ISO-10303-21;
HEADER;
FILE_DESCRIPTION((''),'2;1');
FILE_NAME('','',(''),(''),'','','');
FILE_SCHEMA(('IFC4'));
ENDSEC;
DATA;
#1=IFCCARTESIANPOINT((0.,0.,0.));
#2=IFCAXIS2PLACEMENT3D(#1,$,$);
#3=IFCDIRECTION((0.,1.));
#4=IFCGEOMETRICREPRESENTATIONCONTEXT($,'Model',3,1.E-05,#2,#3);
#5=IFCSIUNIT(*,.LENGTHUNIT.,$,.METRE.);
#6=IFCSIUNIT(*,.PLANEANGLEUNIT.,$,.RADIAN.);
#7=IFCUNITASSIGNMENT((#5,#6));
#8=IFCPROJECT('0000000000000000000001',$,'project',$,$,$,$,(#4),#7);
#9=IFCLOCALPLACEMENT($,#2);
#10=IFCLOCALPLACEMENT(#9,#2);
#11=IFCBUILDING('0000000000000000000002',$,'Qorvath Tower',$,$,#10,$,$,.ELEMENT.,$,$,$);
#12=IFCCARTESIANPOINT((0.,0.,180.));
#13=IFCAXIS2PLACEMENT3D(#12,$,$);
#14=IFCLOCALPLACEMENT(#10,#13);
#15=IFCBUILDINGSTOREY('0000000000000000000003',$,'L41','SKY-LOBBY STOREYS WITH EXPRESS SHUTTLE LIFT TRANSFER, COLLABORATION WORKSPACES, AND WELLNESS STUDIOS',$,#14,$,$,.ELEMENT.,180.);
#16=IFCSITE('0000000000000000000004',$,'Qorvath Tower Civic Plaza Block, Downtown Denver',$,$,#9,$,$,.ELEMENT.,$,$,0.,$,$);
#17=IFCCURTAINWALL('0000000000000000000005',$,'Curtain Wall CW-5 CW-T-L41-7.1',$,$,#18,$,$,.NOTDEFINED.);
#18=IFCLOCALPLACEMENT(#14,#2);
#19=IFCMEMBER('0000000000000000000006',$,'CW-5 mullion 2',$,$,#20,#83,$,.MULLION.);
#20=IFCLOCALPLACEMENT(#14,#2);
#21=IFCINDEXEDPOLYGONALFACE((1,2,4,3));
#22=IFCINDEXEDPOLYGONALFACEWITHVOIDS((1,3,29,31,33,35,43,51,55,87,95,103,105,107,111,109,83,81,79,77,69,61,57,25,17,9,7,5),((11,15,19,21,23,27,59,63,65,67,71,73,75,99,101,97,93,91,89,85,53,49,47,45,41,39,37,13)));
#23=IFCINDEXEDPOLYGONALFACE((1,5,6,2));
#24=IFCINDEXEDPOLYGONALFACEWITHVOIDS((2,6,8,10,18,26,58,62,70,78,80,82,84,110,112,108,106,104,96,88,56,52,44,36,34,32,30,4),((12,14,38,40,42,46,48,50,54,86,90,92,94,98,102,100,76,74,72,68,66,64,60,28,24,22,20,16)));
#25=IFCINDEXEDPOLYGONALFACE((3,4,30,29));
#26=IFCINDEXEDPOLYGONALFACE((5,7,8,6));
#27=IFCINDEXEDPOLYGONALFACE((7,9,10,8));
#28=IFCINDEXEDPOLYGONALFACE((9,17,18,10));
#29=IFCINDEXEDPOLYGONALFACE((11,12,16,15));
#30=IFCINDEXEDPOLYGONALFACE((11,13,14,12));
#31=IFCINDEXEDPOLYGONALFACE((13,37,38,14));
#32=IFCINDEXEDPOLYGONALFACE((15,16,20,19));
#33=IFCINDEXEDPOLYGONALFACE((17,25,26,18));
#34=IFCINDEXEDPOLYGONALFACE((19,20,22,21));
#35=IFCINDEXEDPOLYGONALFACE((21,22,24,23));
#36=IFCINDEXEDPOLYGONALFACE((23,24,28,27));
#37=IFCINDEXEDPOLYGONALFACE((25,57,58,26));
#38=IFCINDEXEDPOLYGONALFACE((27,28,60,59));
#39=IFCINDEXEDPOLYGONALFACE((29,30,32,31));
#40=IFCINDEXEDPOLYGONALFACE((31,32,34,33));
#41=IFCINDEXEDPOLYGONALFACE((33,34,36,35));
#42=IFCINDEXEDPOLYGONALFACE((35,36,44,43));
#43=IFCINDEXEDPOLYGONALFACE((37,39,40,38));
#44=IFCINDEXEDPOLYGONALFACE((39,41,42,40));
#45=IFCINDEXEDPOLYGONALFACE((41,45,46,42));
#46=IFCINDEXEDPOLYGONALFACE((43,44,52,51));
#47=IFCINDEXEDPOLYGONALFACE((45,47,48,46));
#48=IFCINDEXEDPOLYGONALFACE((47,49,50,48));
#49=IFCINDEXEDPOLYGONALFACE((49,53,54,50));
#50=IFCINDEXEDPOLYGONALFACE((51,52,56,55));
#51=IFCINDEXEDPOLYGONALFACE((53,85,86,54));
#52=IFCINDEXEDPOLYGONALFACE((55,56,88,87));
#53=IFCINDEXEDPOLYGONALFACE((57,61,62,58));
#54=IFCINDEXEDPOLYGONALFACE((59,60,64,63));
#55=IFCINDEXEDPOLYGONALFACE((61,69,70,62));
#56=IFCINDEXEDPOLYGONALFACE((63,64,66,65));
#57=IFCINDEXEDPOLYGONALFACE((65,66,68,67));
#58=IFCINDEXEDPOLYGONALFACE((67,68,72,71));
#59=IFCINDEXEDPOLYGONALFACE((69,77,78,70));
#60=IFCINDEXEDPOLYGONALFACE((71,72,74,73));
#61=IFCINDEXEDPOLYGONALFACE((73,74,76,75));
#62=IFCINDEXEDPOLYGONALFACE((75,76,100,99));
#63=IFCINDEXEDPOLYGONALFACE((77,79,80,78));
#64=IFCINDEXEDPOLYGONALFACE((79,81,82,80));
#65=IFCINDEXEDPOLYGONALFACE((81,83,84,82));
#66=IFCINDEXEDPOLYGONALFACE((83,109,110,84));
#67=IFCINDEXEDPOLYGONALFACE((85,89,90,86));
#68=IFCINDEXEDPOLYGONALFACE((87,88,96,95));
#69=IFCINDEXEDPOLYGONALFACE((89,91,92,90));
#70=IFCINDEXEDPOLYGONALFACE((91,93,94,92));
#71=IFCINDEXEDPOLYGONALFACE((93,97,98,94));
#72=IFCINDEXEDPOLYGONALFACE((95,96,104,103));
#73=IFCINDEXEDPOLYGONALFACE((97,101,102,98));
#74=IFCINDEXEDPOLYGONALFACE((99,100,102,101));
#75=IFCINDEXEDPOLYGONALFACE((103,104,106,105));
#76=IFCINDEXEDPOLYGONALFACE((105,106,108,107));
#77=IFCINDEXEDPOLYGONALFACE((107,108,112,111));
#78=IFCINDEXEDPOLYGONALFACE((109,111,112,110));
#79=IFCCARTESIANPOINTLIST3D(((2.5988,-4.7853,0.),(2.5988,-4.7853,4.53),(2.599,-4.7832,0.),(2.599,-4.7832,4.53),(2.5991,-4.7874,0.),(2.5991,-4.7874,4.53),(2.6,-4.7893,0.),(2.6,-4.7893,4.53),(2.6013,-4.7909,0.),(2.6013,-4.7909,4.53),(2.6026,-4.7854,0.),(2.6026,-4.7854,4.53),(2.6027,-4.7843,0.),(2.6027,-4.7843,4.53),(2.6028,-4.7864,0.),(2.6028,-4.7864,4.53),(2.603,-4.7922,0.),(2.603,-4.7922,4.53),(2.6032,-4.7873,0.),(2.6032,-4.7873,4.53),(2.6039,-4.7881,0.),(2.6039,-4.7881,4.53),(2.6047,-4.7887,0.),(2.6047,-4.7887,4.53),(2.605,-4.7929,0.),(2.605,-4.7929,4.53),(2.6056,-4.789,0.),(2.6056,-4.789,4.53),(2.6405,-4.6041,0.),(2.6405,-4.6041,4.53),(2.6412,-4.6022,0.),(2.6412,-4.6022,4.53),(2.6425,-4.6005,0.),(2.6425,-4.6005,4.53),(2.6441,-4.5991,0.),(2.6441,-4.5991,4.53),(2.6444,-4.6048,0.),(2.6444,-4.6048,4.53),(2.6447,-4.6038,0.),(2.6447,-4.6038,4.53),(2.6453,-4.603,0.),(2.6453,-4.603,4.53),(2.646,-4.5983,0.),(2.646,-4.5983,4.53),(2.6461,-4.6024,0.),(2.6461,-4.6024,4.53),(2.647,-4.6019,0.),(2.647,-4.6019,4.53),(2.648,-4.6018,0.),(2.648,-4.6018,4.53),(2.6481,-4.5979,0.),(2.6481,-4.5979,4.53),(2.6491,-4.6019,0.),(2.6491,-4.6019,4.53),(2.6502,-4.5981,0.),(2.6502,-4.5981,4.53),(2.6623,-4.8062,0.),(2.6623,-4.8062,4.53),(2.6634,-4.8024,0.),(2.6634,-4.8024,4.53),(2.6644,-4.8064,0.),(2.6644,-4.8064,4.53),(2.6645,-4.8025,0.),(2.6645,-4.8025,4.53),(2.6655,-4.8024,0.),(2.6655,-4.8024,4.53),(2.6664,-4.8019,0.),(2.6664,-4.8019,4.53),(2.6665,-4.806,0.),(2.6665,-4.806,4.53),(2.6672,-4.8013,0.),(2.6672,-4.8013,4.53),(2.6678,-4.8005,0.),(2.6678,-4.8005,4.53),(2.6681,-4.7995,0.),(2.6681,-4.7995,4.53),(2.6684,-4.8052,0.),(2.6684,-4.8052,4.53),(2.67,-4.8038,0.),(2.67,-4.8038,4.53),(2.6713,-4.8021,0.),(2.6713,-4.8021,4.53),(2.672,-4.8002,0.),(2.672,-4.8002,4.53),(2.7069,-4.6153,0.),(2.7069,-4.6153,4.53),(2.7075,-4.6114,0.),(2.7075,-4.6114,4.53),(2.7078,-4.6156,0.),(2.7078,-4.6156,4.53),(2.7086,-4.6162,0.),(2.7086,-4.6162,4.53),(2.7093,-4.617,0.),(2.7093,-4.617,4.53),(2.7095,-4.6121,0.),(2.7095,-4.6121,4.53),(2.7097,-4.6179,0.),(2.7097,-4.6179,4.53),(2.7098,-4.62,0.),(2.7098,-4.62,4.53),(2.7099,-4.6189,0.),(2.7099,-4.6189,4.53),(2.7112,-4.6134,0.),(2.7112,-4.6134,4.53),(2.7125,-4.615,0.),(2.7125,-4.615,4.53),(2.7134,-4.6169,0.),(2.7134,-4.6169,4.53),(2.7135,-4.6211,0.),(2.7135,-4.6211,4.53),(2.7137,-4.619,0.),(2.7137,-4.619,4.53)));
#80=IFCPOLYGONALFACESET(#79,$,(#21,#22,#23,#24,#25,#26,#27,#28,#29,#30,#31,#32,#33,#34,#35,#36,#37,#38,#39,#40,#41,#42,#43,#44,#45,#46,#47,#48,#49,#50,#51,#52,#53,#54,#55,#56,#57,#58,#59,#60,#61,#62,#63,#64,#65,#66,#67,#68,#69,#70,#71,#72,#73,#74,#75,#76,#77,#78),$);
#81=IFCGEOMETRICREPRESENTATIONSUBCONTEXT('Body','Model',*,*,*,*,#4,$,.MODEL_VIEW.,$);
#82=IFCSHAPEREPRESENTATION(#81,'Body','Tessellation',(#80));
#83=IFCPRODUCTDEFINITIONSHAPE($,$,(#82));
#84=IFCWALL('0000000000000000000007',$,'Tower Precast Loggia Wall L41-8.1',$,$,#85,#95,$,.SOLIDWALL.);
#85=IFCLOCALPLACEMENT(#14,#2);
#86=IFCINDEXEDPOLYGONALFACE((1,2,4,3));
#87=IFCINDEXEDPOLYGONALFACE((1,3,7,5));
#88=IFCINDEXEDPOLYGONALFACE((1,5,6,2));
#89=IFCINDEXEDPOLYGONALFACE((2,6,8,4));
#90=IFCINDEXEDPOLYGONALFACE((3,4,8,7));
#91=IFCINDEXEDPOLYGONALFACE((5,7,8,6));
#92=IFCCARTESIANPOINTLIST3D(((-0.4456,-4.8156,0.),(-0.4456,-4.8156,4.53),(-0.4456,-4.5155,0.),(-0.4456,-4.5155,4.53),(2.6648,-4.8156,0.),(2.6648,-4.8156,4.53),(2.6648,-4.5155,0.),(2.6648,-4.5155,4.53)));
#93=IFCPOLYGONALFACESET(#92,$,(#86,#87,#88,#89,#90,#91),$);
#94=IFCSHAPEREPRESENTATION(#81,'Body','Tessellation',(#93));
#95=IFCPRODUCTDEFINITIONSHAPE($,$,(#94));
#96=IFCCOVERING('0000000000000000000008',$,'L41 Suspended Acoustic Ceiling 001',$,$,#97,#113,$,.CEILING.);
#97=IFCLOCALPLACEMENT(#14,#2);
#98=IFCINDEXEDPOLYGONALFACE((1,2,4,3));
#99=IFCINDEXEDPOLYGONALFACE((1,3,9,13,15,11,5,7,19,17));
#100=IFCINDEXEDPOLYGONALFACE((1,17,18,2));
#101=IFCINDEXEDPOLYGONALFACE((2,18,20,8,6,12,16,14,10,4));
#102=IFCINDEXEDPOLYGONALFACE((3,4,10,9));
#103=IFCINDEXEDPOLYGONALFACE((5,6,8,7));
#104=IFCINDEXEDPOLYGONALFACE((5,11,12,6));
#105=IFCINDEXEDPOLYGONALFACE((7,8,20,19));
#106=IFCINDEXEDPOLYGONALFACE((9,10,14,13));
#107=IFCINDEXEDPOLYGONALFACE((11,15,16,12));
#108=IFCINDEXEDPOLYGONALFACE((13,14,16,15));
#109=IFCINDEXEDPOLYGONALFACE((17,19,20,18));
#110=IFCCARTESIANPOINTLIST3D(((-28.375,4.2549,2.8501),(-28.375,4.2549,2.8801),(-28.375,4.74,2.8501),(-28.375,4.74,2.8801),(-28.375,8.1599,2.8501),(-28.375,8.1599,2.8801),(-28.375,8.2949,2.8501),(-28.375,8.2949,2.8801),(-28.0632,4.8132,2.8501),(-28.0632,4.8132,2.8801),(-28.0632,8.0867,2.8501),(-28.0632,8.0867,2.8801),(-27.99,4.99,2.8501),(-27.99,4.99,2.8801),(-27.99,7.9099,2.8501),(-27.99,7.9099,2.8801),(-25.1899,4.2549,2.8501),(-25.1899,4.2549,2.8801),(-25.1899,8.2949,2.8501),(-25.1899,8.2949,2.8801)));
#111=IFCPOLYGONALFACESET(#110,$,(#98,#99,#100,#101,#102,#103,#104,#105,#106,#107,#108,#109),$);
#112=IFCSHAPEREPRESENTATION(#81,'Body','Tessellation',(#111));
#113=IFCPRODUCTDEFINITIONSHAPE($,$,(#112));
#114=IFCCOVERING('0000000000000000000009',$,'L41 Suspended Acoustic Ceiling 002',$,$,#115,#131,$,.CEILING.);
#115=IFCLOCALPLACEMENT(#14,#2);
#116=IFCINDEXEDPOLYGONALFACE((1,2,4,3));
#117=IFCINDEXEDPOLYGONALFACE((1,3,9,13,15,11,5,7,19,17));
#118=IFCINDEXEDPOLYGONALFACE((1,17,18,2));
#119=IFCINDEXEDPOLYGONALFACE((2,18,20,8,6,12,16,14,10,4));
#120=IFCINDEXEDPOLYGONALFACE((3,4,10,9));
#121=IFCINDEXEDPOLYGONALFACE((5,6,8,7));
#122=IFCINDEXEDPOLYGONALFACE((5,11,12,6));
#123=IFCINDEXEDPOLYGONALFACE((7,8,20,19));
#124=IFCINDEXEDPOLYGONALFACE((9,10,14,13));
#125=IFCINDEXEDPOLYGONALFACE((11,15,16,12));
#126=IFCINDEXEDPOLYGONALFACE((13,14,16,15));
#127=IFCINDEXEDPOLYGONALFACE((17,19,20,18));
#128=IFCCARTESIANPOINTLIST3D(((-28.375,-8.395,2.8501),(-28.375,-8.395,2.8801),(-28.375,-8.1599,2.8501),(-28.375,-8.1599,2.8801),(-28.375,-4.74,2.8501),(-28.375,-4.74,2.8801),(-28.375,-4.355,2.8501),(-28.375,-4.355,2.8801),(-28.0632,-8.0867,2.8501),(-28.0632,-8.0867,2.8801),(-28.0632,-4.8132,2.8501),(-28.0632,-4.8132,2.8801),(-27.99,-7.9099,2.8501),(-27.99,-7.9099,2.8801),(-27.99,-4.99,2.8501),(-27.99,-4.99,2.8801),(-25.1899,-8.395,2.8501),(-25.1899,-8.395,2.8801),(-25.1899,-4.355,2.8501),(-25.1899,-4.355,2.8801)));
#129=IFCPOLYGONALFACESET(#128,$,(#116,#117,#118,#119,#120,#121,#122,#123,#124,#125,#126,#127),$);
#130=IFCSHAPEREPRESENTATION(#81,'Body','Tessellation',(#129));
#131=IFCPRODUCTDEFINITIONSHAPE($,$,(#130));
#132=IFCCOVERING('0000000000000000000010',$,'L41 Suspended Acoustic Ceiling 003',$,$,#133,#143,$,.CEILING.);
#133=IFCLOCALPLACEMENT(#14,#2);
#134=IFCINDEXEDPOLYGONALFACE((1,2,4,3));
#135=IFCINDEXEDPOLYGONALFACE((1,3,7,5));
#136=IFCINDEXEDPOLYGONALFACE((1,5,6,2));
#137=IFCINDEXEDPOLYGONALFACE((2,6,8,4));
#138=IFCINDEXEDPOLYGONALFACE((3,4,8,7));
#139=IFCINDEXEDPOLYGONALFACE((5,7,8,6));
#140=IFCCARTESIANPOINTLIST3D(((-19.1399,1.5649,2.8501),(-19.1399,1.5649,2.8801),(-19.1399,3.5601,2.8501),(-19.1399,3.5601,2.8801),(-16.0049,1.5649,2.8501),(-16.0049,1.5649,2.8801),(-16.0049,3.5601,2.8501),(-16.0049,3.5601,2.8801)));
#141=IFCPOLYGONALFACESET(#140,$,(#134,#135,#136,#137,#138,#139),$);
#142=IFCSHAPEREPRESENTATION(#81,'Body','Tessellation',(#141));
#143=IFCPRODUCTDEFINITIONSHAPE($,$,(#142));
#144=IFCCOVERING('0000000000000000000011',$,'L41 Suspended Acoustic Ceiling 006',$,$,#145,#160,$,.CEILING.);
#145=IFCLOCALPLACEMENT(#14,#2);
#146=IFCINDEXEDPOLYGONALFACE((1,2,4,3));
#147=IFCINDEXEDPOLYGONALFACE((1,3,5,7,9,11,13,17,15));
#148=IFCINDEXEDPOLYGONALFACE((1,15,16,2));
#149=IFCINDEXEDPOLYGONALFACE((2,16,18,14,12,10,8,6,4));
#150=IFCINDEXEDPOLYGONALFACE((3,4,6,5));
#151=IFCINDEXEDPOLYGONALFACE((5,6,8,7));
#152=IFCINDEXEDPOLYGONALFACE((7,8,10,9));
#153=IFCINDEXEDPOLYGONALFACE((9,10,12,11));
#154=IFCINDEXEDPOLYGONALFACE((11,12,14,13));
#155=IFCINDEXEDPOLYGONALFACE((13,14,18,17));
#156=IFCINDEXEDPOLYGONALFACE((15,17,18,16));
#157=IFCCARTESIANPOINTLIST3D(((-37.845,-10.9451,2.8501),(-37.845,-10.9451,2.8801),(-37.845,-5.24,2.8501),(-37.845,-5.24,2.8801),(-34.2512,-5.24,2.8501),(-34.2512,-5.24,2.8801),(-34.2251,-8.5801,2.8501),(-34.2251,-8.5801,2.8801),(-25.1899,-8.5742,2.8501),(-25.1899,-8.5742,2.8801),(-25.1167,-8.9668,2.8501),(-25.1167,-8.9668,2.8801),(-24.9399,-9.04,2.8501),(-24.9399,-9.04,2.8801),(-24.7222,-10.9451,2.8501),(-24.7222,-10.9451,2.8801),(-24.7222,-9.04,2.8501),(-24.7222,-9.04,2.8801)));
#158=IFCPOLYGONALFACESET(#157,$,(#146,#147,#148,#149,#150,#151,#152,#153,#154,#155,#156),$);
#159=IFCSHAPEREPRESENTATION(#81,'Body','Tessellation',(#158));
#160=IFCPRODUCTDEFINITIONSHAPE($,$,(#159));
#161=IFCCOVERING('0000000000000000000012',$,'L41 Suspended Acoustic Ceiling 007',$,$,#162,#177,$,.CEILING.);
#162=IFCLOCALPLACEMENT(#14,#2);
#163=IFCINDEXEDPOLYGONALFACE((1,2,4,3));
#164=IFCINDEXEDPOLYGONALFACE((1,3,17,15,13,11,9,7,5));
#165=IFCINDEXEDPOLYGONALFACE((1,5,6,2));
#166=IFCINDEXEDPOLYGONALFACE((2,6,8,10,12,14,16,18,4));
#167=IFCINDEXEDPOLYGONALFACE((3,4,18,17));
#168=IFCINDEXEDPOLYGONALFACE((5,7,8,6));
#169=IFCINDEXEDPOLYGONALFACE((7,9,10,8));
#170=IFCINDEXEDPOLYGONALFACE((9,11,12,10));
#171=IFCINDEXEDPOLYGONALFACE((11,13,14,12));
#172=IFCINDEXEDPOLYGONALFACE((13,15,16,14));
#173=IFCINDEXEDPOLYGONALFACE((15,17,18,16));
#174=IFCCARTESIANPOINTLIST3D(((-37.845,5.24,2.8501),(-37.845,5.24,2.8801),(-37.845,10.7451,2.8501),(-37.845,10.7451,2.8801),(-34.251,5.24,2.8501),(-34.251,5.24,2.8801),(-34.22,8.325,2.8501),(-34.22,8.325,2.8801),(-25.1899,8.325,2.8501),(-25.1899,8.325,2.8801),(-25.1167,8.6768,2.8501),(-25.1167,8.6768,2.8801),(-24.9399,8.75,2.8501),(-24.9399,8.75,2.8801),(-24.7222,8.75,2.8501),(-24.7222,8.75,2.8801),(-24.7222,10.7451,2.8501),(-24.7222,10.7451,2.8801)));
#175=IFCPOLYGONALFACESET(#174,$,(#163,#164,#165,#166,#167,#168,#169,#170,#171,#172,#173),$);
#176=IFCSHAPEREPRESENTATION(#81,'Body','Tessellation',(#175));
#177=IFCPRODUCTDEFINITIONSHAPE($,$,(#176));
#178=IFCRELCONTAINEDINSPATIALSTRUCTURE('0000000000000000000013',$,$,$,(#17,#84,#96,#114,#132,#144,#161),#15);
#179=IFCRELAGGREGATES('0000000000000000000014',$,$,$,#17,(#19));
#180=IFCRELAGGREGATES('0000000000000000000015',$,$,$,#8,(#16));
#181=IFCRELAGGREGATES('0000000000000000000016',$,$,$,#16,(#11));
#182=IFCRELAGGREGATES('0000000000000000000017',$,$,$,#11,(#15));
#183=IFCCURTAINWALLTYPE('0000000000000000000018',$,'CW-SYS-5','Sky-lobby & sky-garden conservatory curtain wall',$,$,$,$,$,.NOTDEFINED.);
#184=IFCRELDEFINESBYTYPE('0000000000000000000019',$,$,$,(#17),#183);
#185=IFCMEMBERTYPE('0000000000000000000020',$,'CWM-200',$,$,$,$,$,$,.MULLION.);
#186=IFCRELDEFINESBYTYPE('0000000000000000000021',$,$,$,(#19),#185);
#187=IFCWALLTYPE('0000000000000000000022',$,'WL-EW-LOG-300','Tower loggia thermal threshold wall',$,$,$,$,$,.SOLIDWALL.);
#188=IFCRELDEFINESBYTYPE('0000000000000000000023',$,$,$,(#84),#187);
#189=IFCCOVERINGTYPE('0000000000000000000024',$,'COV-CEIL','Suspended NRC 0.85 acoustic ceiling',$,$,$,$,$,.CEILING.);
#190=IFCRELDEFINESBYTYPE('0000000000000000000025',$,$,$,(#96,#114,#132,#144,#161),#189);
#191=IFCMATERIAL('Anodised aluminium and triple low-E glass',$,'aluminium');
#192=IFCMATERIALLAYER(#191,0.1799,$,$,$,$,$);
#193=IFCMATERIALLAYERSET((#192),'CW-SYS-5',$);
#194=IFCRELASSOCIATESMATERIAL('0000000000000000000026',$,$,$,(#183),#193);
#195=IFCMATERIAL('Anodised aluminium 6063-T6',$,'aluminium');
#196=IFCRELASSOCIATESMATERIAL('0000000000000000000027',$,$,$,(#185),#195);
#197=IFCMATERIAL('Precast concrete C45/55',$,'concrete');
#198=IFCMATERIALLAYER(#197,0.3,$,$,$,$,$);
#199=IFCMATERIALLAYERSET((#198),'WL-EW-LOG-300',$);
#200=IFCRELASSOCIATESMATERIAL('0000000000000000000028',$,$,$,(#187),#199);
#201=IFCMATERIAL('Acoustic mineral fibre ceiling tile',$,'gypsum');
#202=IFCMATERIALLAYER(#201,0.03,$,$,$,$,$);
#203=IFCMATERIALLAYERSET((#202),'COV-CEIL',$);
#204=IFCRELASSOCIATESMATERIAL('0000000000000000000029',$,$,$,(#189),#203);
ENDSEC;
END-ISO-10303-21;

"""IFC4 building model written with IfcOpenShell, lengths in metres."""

from ifc_helpers import new_model, si_unit, direction, frame, frame_2d, origin, origin_2d, place, context, subcontext, project, spatial, polyline, rectangle, hollow_rectangle, outline, extrude, material, layer, layer_set, material_profile, profile_set, type_object, element, aggregate, save


model = new_model("IFC4")

# Units and contexts
model_context = context("Model", 3, precision=1e-05, world=origin(), true_north=direction((0.0, 1.0)))
body_context = subcontext(model_context, "Body", "Model", "MODEL_VIEW")
ifc_project = project(units=[si_unit("LENGTHUNIT", "METRE"), si_unit("PLANEANGLEUNIT", "RADIAN")], contexts=[model_context])

# Site, building, storey
site_placement = place(None, origin())
site = spatial("IfcSite", under=ifc_project, at=site_placement, Name="Qorvath Tower Civic Plaza Block, Downtown Denver", CompositionType="ELEMENT", RefElevation=0.0)
building_placement = place(site_placement, origin())
building = spatial("IfcBuilding", under=site, at=building_placement, Name="Qorvath Tower", CompositionType="ELEMENT")
storey_placement = place(building_placement, frame((0.0, 0.0, 180.0)))
storey = spatial("IfcBuildingStorey", under=building, at=storey_placement, Name="L41", Description="SKY-LOBBY STOREYS WITH EXPRESS SHUTTLE LIFT TRANSFER, COLLABORATION WORKSPACES, AND WELLNESS STUDIOS", CompositionType="ELEMENT", Elevation=180.0)

# Curtain wall, member
ifc_material_1 = material(Name="Anodised aluminium and triple low-E glass", Category="aluminium")
ifc_layer_1 = layer(ifc_material_1, 0.1799)
ifc_layer_set_1 = layer_set([ifc_layer_1], Name="CW-SYS-5")
curtain_wall_type = type_object("IfcCurtainWallType", Name="CW-SYS-5", Description="Sky-lobby & sky-garden conservatory curtain wall", PredefinedType="NOTDEFINED", material=ifc_layer_set_1)
curtain_wall_placement = place(storey_placement, origin())
curtain_wall = element("IfcCurtainWall", 1, at=curtain_wall_placement, inside=storey, type_object=curtain_wall_type, Name="Curtain Wall CW-5 CW-T-L41-7.1", PredefinedType="NOTDEFINED")
ifc_material_2 = material(Name="Anodised aluminium 6063-T6", Category="aluminium")
ifc_material_profile = material_profile(ifc_material_2, hollow_rectangle(XDim=0.075, YDim=0.2, WallThickness=0.0039, InnerFilletRadius=0.0039, OuterFilletRadius=0.0081, at=origin_2d()), Name="CWM 200x75")
ifc_profile_set = profile_set([ifc_material_profile], Name="Anodised aluminium 6063-T6")
member_type = type_object("IfcMemberType", Name="CWM-200", PredefinedType="MULLION", material=ifc_profile_set)
member_placement = place(storey_placement, frame((2.6562, -4.7021, 0.0), z_axis=(0.0, 0.0, 1.0), x_axis=(-0.974145, 0.225923, 0.0)))
member = element("IfcMember", 2, at=member_placement, type_object=member_type, Name="CW-5 mullion 2", PredefinedType="MULLION", context=body_context, shape_type="SweptSolid", body=[
    extrude(hollow_rectangle(XDim=0.075, YDim=0.2, WallThickness=0.0039, InnerFilletRadius=0.0039, OuterFilletRadius=0.0081, at=origin_2d()), origin(), (0.0, 0.0, 1.0), 4.53),
])
aggregate(curtain_wall, [member])

# Wall
ifc_material_3 = material(Name="Precast concrete C45/55", Category="concrete")
ifc_layer_2 = layer(ifc_material_3, 0.3)
ifc_layer_set_2 = layer_set([ifc_layer_2], Name="WL-EW-LOG-300")
wall_type = type_object("IfcWallType", Name="WL-EW-LOG-300", Description="Tower loggia thermal threshold wall", PredefinedType="SOLIDWALL", material=ifc_layer_set_2)
wall_placement = place(storey_placement, frame((2.6648, -4.6655, 0.0), z_axis=(0.0, 0.0, 1.0), x_axis=(-1.0, 0.0, 0.0)))
element("IfcWall", 3, at=wall_placement, inside=storey, type_object=wall_type, Name="Tower Precast Loggia Wall L41-8.1", PredefinedType="SOLIDWALL", context=body_context, shape_type="SweptSolid", body=[
    extrude(rectangle(XDim=3.1104, YDim=0.3, at=frame_2d((1.5552, 0.0))), origin(), (0.0, 0.0, 1.0), 4.53),
])

# Coverings
ifc_material_4 = material(Name="Acoustic mineral fibre ceiling tile", Category="gypsum")
ifc_layer_3 = layer(ifc_material_4, 0.03)
ifc_layer_set_3 = layer_set([ifc_layer_3], Name="COV-CEIL")
covering_type_1 = type_object("IfcCoveringType", Name="COV-CEIL", Description="Suspended NRC 0.85 acoustic ceiling", PredefinedType="CEILING", material=ifc_layer_set_3)
covering_1_placement = place(storey_placement, frame((0.0, 0.0, 2.8501)))
element("IfcCovering", 4, at=covering_1_placement, inside=storey, type_object=covering_type_1, Name="L41 Suspended Acoustic Ceiling 001", PredefinedType="CEILING", context=body_context, shape_type="SweptSolid", body=[
    extrude(outline(polyline([(-25.1899, 4.2549), (-25.1899, 8.2949), (-28.375, 8.2949), (-28.375, 8.1599), (-28.0632, 8.0867), (-27.99, 7.9099), (-27.99, 4.99), (-28.0632, 4.8132), (-28.375, 4.74), (-28.375, 4.2549), (-25.1899, 4.2549)])), origin(), (0.0, 0.0, 1.0), 0.03),
])
covering_2_placement = place(storey_placement, frame((0.0, 0.0, 2.8501)))
element("IfcCovering", 5, at=covering_2_placement, inside=storey, type_object=covering_type_1, Name="L41 Suspended Acoustic Ceiling 002", PredefinedType="CEILING", context=body_context, shape_type="SweptSolid", body=[
    extrude(outline(polyline([(-25.1899, -8.395), (-25.1899, -4.355), (-28.375, -4.355), (-28.375, -4.74), (-28.0632, -4.8132), (-27.99, -4.99), (-27.99, -7.9099), (-28.0632, -8.0867), (-28.375, -8.1599), (-28.375, -8.395), (-25.1899, -8.395)])), origin(), (0.0, 0.0, 1.0), 0.03),
])
covering_3_placement = place(storey_placement, frame((0.0, 0.0, 2.8501)))
element("IfcCovering", 6, at=covering_3_placement, inside=storey, type_object=covering_type_1, Name="L41 Suspended Acoustic Ceiling 003", PredefinedType="CEILING", context=body_context, shape_type="SweptSolid", body=[
    extrude(outline(polyline([(-16.0049, 3.5601), (-19.1399, 3.5601), (-19.1399, 1.5649), (-16.0049, 1.5649), (-16.0049, 3.5601)])), origin(), (0.0, 0.0, 1.0), 0.03),
])
covering_4_placement = place(storey_placement, frame((0.0, 0.0, 2.8501)))
element("IfcCovering", 7, at=covering_4_placement, inside=storey, type_object=covering_type_1, Name="L41 Suspended Acoustic Ceiling 006", PredefinedType="CEILING", context=body_context, shape_type="SweptSolid", body=[
    extrude(outline(polyline([(-34.2251, -8.5801), (-34.2512, -5.24), (-37.845, -5.24), (-37.845, -10.9451), (-24.7222, -10.9451), (-24.7222, -9.04), (-24.9399, -9.04), (-25.1167, -8.9668), (-25.1899, -8.5742), (-34.2251, -8.5801)])), origin(), (0.0, 0.0, 1.0), 0.03),
])
covering_5_placement = place(storey_placement, frame((0.0, 0.0, 2.8501)))
element("IfcCovering", 8, at=covering_5_placement, inside=storey, type_object=covering_type_1, Name="L41 Suspended Acoustic Ceiling 007", PredefinedType="CEILING", context=body_context, shape_type="SweptSolid", body=[
    extrude(outline(polyline([(-24.7222, 8.75), (-24.7222, 10.7451), (-37.845, 10.7451), (-37.845, 5.24), (-34.251, 5.24), (-34.22, 8.325), (-25.1899, 8.325), (-25.1167, 8.6768), (-24.9399, 8.75), (-24.7222, 8.75)])), origin(), (0.0, 0.0, 1.0), 0.03),
])

save(model, "model.ifc")
